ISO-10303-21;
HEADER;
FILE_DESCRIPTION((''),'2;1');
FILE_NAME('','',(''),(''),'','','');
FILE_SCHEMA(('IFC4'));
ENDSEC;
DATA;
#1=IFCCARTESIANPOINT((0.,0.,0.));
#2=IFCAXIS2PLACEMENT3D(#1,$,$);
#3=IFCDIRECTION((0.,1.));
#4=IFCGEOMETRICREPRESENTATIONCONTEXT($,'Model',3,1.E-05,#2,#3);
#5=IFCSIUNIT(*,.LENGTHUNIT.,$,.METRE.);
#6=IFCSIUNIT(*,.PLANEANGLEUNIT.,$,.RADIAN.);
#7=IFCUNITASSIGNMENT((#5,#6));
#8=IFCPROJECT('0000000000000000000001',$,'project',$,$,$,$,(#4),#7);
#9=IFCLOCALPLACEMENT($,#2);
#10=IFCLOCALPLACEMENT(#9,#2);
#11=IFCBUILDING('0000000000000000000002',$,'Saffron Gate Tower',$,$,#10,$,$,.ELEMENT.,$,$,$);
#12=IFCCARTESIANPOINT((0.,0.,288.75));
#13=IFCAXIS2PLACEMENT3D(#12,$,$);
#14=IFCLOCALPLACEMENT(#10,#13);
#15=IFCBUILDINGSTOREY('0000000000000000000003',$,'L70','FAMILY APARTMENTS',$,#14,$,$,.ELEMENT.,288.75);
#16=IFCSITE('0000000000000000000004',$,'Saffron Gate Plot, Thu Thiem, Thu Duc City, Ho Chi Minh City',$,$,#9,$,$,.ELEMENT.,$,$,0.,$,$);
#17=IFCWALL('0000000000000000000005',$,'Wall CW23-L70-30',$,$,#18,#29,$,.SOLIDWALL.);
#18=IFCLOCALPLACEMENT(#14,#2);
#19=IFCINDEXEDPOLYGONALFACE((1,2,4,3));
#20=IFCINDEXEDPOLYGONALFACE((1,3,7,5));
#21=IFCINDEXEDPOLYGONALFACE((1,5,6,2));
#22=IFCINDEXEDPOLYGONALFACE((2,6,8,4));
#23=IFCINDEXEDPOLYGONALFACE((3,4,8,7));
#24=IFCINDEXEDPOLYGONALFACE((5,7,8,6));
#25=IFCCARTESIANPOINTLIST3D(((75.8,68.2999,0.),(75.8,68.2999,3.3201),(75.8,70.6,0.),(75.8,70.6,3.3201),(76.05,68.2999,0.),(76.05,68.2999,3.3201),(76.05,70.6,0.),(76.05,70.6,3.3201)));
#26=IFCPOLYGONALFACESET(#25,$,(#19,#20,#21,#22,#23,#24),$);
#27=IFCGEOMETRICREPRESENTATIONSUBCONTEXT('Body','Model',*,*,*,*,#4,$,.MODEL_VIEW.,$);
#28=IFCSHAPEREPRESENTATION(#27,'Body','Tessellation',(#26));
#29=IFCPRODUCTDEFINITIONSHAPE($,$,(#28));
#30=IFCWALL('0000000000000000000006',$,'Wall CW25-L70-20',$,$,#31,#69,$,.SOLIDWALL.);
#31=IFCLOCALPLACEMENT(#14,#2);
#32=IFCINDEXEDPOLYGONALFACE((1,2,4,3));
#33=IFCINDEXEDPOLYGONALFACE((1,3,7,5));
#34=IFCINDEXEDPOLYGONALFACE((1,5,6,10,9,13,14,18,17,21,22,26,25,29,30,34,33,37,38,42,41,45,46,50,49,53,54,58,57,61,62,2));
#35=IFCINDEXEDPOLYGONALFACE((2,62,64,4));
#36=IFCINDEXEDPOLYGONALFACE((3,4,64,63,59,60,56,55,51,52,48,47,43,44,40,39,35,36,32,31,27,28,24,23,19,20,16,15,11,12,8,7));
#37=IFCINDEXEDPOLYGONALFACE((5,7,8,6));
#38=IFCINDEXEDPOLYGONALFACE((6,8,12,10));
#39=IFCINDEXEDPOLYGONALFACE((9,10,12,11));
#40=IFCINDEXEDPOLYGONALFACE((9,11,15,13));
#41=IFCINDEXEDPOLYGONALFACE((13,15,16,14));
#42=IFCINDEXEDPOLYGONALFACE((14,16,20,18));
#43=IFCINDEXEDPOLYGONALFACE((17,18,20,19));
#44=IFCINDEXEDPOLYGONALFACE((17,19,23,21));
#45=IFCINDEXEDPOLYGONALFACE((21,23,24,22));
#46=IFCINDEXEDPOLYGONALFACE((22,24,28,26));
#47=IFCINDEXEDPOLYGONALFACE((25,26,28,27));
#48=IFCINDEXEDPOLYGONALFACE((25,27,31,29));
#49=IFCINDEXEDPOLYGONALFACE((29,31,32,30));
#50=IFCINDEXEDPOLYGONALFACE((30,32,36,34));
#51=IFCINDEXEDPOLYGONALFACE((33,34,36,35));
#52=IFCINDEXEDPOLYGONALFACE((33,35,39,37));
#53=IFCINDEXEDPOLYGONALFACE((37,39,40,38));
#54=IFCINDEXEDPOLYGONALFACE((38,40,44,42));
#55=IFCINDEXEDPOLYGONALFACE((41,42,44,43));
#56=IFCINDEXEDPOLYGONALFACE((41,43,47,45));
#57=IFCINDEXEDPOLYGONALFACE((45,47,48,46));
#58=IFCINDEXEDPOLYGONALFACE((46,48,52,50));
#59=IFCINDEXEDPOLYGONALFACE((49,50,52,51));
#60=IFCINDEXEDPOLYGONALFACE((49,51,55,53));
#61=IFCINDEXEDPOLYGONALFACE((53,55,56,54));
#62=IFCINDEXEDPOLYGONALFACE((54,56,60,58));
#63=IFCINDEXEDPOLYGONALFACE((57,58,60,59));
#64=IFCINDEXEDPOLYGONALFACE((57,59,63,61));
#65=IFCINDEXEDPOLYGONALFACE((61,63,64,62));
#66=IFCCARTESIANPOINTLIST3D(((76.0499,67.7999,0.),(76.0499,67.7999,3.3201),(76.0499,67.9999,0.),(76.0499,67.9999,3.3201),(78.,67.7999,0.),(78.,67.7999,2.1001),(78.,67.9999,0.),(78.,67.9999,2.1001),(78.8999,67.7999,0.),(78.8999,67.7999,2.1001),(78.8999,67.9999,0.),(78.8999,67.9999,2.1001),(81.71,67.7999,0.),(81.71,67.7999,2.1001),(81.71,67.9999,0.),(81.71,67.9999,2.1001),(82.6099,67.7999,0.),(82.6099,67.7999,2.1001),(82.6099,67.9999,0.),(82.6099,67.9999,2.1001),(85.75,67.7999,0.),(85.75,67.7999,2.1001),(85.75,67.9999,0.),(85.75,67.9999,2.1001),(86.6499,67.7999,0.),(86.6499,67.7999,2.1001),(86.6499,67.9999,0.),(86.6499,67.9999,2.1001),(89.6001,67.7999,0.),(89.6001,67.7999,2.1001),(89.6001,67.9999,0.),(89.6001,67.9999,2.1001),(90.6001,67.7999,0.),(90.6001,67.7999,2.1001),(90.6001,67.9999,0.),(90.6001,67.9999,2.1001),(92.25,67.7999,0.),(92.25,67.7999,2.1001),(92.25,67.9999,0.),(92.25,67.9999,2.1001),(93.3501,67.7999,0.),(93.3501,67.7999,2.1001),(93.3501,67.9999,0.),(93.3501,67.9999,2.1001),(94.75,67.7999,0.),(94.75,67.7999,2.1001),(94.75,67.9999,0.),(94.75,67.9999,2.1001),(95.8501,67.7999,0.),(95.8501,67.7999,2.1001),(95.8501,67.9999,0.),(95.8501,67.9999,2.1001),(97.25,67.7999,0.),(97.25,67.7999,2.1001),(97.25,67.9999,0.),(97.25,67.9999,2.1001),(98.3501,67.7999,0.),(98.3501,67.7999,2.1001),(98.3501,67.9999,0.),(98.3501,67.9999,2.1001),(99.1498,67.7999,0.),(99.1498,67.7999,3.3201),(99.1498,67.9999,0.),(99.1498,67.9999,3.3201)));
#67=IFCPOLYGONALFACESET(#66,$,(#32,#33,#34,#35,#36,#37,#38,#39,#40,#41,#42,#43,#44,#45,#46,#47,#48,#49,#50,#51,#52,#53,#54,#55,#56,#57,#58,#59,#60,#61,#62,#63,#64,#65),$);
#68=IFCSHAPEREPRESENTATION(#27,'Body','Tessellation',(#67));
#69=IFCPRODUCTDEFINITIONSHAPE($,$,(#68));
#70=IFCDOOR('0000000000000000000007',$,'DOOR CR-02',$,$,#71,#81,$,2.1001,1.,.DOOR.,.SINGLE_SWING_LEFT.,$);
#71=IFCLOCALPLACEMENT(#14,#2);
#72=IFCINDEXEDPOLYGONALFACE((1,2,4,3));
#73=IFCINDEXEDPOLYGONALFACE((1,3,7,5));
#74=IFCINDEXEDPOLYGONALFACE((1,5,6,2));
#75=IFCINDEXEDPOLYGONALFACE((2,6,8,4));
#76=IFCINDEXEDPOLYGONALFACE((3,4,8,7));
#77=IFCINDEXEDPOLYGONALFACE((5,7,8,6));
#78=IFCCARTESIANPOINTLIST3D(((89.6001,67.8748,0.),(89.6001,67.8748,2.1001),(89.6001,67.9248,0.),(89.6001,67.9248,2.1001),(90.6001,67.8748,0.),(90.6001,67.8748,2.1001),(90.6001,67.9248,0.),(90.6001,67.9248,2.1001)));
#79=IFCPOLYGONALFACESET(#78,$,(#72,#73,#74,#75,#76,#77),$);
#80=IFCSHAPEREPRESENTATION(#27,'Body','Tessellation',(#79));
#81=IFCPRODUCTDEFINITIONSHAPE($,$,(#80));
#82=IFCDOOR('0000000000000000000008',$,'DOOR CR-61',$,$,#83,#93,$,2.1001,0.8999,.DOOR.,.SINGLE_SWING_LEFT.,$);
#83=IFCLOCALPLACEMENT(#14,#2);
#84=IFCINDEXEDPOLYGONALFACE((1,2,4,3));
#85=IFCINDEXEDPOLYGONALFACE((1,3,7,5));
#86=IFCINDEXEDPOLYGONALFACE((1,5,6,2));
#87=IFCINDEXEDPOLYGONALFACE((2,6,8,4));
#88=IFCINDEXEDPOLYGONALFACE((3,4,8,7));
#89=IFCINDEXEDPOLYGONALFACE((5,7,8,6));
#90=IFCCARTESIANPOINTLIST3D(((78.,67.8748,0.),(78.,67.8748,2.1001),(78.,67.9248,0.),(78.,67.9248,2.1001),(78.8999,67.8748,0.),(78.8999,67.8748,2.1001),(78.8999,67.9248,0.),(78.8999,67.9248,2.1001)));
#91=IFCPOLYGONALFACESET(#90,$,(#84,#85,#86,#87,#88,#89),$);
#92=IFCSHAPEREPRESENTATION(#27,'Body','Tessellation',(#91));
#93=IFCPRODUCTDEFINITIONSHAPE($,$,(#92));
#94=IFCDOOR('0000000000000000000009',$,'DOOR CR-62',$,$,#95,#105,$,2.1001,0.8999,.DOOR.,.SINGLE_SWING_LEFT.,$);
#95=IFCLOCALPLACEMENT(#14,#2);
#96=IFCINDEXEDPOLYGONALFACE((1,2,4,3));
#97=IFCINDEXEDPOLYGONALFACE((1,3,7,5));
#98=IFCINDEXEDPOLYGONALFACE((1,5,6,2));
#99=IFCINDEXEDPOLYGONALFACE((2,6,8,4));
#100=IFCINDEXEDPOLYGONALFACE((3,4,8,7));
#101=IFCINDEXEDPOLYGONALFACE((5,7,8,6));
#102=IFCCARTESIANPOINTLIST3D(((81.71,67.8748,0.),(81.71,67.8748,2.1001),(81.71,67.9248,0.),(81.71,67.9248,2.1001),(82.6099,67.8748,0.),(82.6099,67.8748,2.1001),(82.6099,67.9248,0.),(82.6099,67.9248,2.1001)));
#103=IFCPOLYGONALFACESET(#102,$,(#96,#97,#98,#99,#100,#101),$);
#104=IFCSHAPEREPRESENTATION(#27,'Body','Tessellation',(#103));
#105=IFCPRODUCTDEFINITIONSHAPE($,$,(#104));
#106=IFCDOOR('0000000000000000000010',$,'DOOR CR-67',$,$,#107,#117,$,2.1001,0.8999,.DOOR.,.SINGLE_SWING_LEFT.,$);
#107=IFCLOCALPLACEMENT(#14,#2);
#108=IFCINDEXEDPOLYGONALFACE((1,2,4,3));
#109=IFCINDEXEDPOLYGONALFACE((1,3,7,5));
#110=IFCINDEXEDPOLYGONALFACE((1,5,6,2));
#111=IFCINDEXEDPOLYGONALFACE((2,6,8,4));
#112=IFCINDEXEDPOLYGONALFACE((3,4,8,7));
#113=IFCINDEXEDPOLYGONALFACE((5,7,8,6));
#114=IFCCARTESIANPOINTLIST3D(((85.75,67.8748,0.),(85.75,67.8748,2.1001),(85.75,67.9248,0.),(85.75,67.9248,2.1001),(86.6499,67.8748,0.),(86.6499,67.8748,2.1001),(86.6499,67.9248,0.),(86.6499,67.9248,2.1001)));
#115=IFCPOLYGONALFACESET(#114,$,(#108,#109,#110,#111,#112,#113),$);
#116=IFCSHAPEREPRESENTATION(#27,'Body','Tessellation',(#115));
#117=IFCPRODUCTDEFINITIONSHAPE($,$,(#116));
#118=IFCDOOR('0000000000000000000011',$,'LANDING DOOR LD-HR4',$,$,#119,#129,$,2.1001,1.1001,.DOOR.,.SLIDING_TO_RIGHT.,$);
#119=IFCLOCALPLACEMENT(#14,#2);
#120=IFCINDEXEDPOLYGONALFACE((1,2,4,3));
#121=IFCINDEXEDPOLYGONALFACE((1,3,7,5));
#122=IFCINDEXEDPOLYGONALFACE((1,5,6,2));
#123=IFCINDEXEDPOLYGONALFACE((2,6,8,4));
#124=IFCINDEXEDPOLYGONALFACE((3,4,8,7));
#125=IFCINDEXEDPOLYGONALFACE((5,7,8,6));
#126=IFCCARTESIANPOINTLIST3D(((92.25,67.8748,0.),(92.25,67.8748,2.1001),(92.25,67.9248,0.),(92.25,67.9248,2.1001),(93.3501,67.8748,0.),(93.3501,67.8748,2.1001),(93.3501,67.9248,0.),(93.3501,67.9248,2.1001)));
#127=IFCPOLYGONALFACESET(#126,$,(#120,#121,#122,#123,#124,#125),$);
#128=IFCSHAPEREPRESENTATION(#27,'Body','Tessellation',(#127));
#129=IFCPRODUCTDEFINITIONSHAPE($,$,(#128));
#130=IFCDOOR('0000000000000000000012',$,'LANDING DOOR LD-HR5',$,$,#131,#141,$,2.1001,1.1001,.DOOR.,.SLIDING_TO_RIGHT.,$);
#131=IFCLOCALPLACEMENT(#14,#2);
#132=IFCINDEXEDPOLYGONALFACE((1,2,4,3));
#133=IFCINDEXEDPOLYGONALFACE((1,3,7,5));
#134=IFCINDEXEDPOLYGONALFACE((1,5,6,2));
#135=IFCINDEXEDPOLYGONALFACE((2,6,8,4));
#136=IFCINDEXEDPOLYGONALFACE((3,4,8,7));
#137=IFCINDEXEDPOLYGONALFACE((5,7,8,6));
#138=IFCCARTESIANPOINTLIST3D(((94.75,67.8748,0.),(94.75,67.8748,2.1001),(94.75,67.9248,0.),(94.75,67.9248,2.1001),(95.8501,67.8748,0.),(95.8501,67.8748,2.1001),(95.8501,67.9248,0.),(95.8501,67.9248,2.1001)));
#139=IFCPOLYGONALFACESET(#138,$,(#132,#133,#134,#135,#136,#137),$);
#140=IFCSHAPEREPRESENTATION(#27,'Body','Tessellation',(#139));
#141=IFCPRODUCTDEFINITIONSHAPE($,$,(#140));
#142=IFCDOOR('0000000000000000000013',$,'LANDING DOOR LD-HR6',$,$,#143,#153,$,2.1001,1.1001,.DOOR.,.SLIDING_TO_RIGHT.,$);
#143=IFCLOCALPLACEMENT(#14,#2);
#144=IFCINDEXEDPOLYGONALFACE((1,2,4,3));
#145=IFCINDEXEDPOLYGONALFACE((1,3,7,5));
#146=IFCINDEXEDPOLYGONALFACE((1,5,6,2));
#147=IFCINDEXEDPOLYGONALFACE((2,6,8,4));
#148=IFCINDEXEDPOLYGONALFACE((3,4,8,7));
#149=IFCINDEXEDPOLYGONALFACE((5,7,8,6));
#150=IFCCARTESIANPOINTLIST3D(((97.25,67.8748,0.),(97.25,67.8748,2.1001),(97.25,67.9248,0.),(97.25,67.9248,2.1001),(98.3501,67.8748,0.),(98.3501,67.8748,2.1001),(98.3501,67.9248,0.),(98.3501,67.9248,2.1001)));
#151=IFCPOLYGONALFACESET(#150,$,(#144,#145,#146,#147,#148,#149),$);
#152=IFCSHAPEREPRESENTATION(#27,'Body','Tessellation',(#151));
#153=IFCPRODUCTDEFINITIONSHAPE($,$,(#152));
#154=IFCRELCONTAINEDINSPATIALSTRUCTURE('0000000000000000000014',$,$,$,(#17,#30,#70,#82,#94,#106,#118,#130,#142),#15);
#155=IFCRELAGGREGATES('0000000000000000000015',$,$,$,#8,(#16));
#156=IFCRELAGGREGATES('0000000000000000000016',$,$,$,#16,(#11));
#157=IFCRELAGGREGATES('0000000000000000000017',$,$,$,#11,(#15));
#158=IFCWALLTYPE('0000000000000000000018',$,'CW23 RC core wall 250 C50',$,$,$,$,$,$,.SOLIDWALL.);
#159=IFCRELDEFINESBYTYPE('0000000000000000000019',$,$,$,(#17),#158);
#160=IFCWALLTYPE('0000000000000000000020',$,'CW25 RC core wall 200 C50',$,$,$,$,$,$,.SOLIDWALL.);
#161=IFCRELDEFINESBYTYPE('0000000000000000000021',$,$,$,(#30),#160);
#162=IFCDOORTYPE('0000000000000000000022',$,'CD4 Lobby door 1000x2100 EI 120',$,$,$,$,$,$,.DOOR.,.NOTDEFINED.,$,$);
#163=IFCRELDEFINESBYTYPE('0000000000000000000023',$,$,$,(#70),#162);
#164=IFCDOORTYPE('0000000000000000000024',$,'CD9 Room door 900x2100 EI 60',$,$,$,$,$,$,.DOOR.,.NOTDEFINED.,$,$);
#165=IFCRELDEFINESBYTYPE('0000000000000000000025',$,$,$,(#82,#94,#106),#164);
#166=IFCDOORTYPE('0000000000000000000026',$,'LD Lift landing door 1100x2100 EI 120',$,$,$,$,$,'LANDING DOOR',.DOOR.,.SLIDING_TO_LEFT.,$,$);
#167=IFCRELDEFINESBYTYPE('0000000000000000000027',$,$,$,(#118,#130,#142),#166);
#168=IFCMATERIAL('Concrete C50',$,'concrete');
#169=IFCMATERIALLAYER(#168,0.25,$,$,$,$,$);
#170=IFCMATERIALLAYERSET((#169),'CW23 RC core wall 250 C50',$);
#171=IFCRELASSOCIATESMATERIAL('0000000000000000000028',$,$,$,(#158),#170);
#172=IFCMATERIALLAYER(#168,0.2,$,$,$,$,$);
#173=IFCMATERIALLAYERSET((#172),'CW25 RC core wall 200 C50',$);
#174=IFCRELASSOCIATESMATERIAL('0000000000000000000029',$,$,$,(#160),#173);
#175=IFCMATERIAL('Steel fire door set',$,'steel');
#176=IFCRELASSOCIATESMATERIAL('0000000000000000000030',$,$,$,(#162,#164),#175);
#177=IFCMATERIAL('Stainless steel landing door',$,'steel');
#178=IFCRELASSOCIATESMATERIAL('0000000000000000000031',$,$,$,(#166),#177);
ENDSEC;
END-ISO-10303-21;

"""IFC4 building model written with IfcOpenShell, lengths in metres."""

from ifc_helpers import new_model, si_unit, direction, frame, frame_2d, origin, place, context, subcontext, project, spatial, rectangle, extrude, material, layer, layer_set, type_object, element, fill, save


model = new_model("IFC4")

# Units and contexts
model_context = context("Model", 3, precision=1e-05, world=origin(), true_north=direction((0.0, 1.0)))
body_context = subcontext(model_context, "Body", "Model", "MODEL_VIEW")
ifc_project = project(units=[si_unit("LENGTHUNIT", "METRE"), si_unit("PLANEANGLEUNIT", "RADIAN")], contexts=[model_context])

# Site, building, storey
site_placement = place(None, origin())
site = spatial("IfcSite", under=ifc_project, at=site_placement, Name="Saffron Gate Plot, Thu Thiem, Thu Duc City, Ho Chi Minh City", CompositionType="ELEMENT", RefElevation=0.0)
building_placement = place(site_placement, origin())
building = spatial("IfcBuilding", under=site, at=building_placement, Name="Saffron Gate Tower", CompositionType="ELEMENT")
storey_placement = place(building_placement, frame((0.0, 0.0, 288.75)))
storey = spatial("IfcBuildingStorey", under=building, at=storey_placement, Name="L70", Description="FAMILY APARTMENTS", CompositionType="ELEMENT", Elevation=288.75)

# Wall
ifc_material_1 = material(Name="Concrete C50", Category="concrete")
ifc_layer_1 = layer(ifc_material_1, 0.25)
ifc_layer_set_1 = layer_set([ifc_layer_1], Name="CW23 RC core wall 250 C50")
wall_type_1 = type_object("IfcWallType", Name="CW23 RC core wall 250 C50", PredefinedType="SOLIDWALL", material=ifc_layer_set_1)
wall_1_placement = place(storey_placement, frame((75.925, 68.3, 0.0), z_axis=(0.0, 0.0, 1.0), x_axis=(0.0, 1.0, 0.0)))
element("IfcWall", 1, at=wall_1_placement, inside=storey, type_object=wall_type_1, Name="Wall CW23-L70-30", PredefinedType="SOLIDWALL", context=body_context, shape_type="SweptSolid", body=[
    extrude(rectangle(XDim=2.3, YDim=0.25, at=frame_2d((1.1499, 0.0))), origin(), (0.0, 0.0, 1.0), 3.3201),
])

# Wall, openings, doors
ifc_layer_2 = layer(ifc_material_1, 0.2)
ifc_layer_set_2 = layer_set([ifc_layer_2], Name="CW25 RC core wall 200 C50")
wall_type_2 = type_object("IfcWallType", Name="CW25 RC core wall 200 C50", PredefinedType="SOLIDWALL", material=ifc_layer_set_2)
wall_2_placement = place(storey_placement, frame((76.05, 67.8999, 0.0), z_axis=(0.0, 0.0, 1.0), x_axis=(1.0, 0.0, 0.0)))
wall_2 = element("IfcWall", 2, at=wall_2_placement, inside=storey, type_object=wall_type_2, Name="Wall CW25-L70-20", PredefinedType="SOLIDWALL", context=body_context, shape_type="SweptSolid", body=[
    extrude(rectangle(XDim=23.0999, YDim=0.2, at=frame_2d((11.5498, 0.0))), origin(), (0.0, 0.0, 1.0), 3.3201),
])
opening_1_placement = place(wall_2_placement, frame((1.95, 0.0, 0.0)))
opening_1 = element("IfcOpeningElement", 3, at=opening_1_placement, cuts=wall_2, PredefinedType="OPENING", context=body_context, shape_type="SweptSolid", body=[
    extrude(rectangle(XDim=0.8999, YDim=2.1001, at=frame_2d((0.45, 1.05))), frame((0.0, 0.1099, 0.0), z_axis=(0.0, -1.0, 0.0), x_axis=(1.0, 0.0, 0.0)), (0.0, 0.0, 1.0), 0.22),
])
opening_2_placement = place(wall_2_placement, frame((5.6599, 0.0, 0.0)))
opening_2 = element("IfcOpeningElement", 4, at=opening_2_placement, cuts=wall_2, PredefinedType="OPENING", context=body_context, shape_type="SweptSolid", body=[
    extrude(rectangle(XDim=0.8999, YDim=2.1001, at=frame_2d((0.45, 1.05))), frame((0.0, 0.1099, 0.0), z_axis=(0.0, -1.0, 0.0), x_axis=(1.0, 0.0, 0.0)), (0.0, 0.0, 1.0), 0.22),
])
opening_3_placement = place(wall_2_placement, frame((9.7, 0.0, 0.0)))
opening_3 = element("IfcOpeningElement", 5, at=opening_3_placement, cuts=wall_2, PredefinedType="OPENING", context=body_context, shape_type="SweptSolid", body=[
    extrude(rectangle(XDim=0.8999, YDim=2.1001, at=frame_2d((0.45, 1.05))), frame((0.0, 0.1099, 0.0), z_axis=(0.0, -1.0, 0.0), x_axis=(1.0, 0.0, 0.0)), (0.0, 0.0, 1.0), 0.22),
])
opening_4_placement = place(wall_2_placement, frame((13.55, 0.0, 0.0)))
opening_4 = element("IfcOpeningElement", 6, at=opening_4_placement, cuts=wall_2, PredefinedType="OPENING", context=body_context, shape_type="SweptSolid", body=[
    extrude(rectangle(XDim=1.0, YDim=2.1001, at=frame_2d((0.5, 1.05))), frame((0.0, 0.1099, 0.0), z_axis=(0.0, -1.0, 0.0), x_axis=(1.0, 0.0, 0.0)), (0.0, 0.0, 1.0), 0.22),
])
opening_5_placement = place(wall_2_placement, frame((16.2, 0.0, 0.0)))
opening_5 = element("IfcOpeningElement", 7, at=opening_5_placement, cuts=wall_2, PredefinedType="OPENING", context=body_context, shape_type="SweptSolid", body=[
    extrude(rectangle(XDim=1.1001, YDim=2.1001, at=frame_2d((0.55, 1.05))), frame((0.0, 0.1099, 0.0), z_axis=(0.0, -1.0, 0.0), x_axis=(1.0, 0.0, 0.0)), (0.0, 0.0, 1.0), 0.22),
])
opening_6_placement = place(wall_2_placement, frame((18.7, 0.0, 0.0)))
opening_6 = element("IfcOpeningElement", 8, at=opening_6_placement, cuts=wall_2, PredefinedType="OPENING", context=body_context, shape_type="SweptSolid", body=[
    extrude(rectangle(XDim=1.1001, YDim=2.1001, at=frame_2d((0.55, 1.05))), frame((0.0, 0.1099, 0.0), z_axis=(0.0, -1.0, 0.0), x_axis=(1.0, 0.0, 0.0)), (0.0, 0.0, 1.0), 0.22),
])
opening_7_placement = place(wall_2_placement, frame((21.2, 0.0, 0.0)))
opening_7 = element("IfcOpeningElement", 9, at=opening_7_placement, cuts=wall_2, PredefinedType="OPENING", context=body_context, shape_type="SweptSolid", body=[
    extrude(rectangle(XDim=1.1001, YDim=2.1001, at=frame_2d((0.55, 1.05))), frame((0.0, 0.1099, 0.0), z_axis=(0.0, -1.0, 0.0), x_axis=(1.0, 0.0, 0.0)), (0.0, 0.0, 1.0), 0.22),
])
ifc_material_2 = material(Name="Steel fire door set", Category="steel")
door_type_1 = type_object("IfcDoorType", Name="CD4 Lobby door 1000x2100 EI 120", OperationType="NOTDEFINED", PredefinedType="DOOR", material=ifc_material_2)
door_1_placement = place(opening_4_placement, origin())
door_1 = element("IfcDoor", 10, at=door_1_placement, inside=storey, type_object=door_type_1, Name="DOOR CR-02", OperationType="SINGLE_SWING_LEFT", OverallHeight=2.1001, OverallWidth=1.0, PredefinedType="DOOR", context=body_context, shape_type="SweptSolid", body=[
    extrude(rectangle(XDim=1.0, YDim=2.1001, at=frame_2d((0.5, 1.05))), frame((0.0, 0.0249, 0.0), z_axis=(0.0, -1.0, 0.0), x_axis=(1.0, 0.0, 0.0)), (0.0, 0.0, 1.0), 0.05),
])
fill(opening_4, door_1)
door_type_2 = type_object("IfcDoorType", Name="CD9 Room door 900x2100 EI 60", OperationType="NOTDEFINED", PredefinedType="DOOR", material=ifc_material_2)
door_2_placement = place(opening_1_placement, origin())
door_2 = element("IfcDoor", 11, at=door_2_placement, inside=storey, type_object=door_type_2, Name="DOOR CR-61", OperationType="SINGLE_SWING_LEFT", OverallHeight=2.1001, OverallWidth=0.8999, PredefinedType="DOOR", context=body_context, shape_type="SweptSolid", body=[
    extrude(rectangle(XDim=0.8999, YDim=2.1001, at=frame_2d((0.45, 1.05))), frame((0.0, 0.0249, 0.0), z_axis=(0.0, -1.0, 0.0), x_axis=(1.0, 0.0, 0.0)), (0.0, 0.0, 1.0), 0.05),
])
fill(opening_1, door_2)
door_3_placement = place(opening_2_placement, origin())
door_3 = element("IfcDoor", 12, at=door_3_placement, inside=storey, type_object=door_type_2, Name="DOOR CR-62", OperationType="SINGLE_SWING_LEFT", OverallHeight=2.1001, OverallWidth=0.8999, PredefinedType="DOOR", context=body_context, shape_type="SweptSolid", body=[
    extrude(rectangle(XDim=0.8999, YDim=2.1001, at=frame_2d((0.45, 1.05))), frame((0.0, 0.0249, 0.0), z_axis=(0.0, -1.0, 0.0), x_axis=(1.0, 0.0, 0.0)), (0.0, 0.0, 1.0), 0.05),
])
fill(opening_2, door_3)
door_4_placement = place(opening_3_placement, origin())
door_4 = element("IfcDoor", 13, at=door_4_placement, inside=storey, type_object=door_type_2, Name="DOOR CR-67", OperationType="SINGLE_SWING_LEFT", OverallHeight=2.1001, OverallWidth=0.8999, PredefinedType="DOOR", context=body_context, shape_type="SweptSolid", body=[
    extrude(rectangle(XDim=0.8999, YDim=2.1001, at=frame_2d((0.45, 1.05))), frame((0.0, 0.0249, 0.0), z_axis=(0.0, -1.0, 0.0), x_axis=(1.0, 0.0, 0.0)), (0.0, 0.0, 1.0), 0.05),
])
fill(opening_3, door_4)
ifc_material_3 = material(Name="Stainless steel landing door", Category="steel")
door_type_3 = type_object("IfcDoorType", Name="LD Lift landing door 1100x2100 EI 120", ElementType="LANDING DOOR", OperationType="SLIDING_TO_LEFT", PredefinedType="DOOR", material=ifc_material_3)
door_5_placement = place(opening_5_placement, origin())
door_5 = element("IfcDoor", 14, at=door_5_placement, inside=storey, type_object=door_type_3, Name="LANDING DOOR LD-HR4", OperationType="SLIDING_TO_RIGHT", OverallHeight=2.1001, OverallWidth=1.1001, PredefinedType="DOOR", context=body_context, shape_type="SweptSolid", body=[
    extrude(rectangle(XDim=1.1001, YDim=2.1001, at=frame_2d((0.55, 1.05))), frame((0.0, 0.0249, 0.0), z_axis=(0.0, -1.0, 0.0), x_axis=(1.0, 0.0, 0.0)), (0.0, 0.0, 1.0), 0.05),
])
fill(opening_5, door_5)
door_6_placement = place(opening_6_placement, origin())
door_6 = element("IfcDoor", 15, at=door_6_placement, inside=storey, type_object=door_type_3, Name="LANDING DOOR LD-HR5", OperationType="SLIDING_TO_RIGHT", OverallHeight=2.1001, OverallWidth=1.1001, PredefinedType="DOOR", context=body_context, shape_type="SweptSolid", body=[
    extrude(rectangle(XDim=1.1001, YDim=2.1001, at=frame_2d((0.55, 1.05))), frame((0.0, 0.0249, 0.0), z_axis=(0.0, -1.0, 0.0), x_axis=(1.0, 0.0, 0.0)), (0.0, 0.0, 1.0), 0.05),
])
fill(opening_6, door_6)
door_7_placement = place(opening_7_placement, origin())
door_7 = element("IfcDoor", 16, at=door_7_placement, inside=storey, type_object=door_type_3, Name="LANDING DOOR LD-HR6", OperationType="SLIDING_TO_RIGHT", OverallHeight=2.1001, OverallWidth=1.1001, PredefinedType="DOOR", context=body_context, shape_type="SweptSolid", body=[
    extrude(rectangle(XDim=1.1001, YDim=2.1001, at=frame_2d((0.55, 1.05))), frame((0.0, 0.0249, 0.0), z_axis=(0.0, -1.0, 0.0), x_axis=(1.0, 0.0, 0.0)), (0.0, 0.0, 1.0), 0.05),
])
fill(opening_7, door_7)

save(model, "model.ifc")
